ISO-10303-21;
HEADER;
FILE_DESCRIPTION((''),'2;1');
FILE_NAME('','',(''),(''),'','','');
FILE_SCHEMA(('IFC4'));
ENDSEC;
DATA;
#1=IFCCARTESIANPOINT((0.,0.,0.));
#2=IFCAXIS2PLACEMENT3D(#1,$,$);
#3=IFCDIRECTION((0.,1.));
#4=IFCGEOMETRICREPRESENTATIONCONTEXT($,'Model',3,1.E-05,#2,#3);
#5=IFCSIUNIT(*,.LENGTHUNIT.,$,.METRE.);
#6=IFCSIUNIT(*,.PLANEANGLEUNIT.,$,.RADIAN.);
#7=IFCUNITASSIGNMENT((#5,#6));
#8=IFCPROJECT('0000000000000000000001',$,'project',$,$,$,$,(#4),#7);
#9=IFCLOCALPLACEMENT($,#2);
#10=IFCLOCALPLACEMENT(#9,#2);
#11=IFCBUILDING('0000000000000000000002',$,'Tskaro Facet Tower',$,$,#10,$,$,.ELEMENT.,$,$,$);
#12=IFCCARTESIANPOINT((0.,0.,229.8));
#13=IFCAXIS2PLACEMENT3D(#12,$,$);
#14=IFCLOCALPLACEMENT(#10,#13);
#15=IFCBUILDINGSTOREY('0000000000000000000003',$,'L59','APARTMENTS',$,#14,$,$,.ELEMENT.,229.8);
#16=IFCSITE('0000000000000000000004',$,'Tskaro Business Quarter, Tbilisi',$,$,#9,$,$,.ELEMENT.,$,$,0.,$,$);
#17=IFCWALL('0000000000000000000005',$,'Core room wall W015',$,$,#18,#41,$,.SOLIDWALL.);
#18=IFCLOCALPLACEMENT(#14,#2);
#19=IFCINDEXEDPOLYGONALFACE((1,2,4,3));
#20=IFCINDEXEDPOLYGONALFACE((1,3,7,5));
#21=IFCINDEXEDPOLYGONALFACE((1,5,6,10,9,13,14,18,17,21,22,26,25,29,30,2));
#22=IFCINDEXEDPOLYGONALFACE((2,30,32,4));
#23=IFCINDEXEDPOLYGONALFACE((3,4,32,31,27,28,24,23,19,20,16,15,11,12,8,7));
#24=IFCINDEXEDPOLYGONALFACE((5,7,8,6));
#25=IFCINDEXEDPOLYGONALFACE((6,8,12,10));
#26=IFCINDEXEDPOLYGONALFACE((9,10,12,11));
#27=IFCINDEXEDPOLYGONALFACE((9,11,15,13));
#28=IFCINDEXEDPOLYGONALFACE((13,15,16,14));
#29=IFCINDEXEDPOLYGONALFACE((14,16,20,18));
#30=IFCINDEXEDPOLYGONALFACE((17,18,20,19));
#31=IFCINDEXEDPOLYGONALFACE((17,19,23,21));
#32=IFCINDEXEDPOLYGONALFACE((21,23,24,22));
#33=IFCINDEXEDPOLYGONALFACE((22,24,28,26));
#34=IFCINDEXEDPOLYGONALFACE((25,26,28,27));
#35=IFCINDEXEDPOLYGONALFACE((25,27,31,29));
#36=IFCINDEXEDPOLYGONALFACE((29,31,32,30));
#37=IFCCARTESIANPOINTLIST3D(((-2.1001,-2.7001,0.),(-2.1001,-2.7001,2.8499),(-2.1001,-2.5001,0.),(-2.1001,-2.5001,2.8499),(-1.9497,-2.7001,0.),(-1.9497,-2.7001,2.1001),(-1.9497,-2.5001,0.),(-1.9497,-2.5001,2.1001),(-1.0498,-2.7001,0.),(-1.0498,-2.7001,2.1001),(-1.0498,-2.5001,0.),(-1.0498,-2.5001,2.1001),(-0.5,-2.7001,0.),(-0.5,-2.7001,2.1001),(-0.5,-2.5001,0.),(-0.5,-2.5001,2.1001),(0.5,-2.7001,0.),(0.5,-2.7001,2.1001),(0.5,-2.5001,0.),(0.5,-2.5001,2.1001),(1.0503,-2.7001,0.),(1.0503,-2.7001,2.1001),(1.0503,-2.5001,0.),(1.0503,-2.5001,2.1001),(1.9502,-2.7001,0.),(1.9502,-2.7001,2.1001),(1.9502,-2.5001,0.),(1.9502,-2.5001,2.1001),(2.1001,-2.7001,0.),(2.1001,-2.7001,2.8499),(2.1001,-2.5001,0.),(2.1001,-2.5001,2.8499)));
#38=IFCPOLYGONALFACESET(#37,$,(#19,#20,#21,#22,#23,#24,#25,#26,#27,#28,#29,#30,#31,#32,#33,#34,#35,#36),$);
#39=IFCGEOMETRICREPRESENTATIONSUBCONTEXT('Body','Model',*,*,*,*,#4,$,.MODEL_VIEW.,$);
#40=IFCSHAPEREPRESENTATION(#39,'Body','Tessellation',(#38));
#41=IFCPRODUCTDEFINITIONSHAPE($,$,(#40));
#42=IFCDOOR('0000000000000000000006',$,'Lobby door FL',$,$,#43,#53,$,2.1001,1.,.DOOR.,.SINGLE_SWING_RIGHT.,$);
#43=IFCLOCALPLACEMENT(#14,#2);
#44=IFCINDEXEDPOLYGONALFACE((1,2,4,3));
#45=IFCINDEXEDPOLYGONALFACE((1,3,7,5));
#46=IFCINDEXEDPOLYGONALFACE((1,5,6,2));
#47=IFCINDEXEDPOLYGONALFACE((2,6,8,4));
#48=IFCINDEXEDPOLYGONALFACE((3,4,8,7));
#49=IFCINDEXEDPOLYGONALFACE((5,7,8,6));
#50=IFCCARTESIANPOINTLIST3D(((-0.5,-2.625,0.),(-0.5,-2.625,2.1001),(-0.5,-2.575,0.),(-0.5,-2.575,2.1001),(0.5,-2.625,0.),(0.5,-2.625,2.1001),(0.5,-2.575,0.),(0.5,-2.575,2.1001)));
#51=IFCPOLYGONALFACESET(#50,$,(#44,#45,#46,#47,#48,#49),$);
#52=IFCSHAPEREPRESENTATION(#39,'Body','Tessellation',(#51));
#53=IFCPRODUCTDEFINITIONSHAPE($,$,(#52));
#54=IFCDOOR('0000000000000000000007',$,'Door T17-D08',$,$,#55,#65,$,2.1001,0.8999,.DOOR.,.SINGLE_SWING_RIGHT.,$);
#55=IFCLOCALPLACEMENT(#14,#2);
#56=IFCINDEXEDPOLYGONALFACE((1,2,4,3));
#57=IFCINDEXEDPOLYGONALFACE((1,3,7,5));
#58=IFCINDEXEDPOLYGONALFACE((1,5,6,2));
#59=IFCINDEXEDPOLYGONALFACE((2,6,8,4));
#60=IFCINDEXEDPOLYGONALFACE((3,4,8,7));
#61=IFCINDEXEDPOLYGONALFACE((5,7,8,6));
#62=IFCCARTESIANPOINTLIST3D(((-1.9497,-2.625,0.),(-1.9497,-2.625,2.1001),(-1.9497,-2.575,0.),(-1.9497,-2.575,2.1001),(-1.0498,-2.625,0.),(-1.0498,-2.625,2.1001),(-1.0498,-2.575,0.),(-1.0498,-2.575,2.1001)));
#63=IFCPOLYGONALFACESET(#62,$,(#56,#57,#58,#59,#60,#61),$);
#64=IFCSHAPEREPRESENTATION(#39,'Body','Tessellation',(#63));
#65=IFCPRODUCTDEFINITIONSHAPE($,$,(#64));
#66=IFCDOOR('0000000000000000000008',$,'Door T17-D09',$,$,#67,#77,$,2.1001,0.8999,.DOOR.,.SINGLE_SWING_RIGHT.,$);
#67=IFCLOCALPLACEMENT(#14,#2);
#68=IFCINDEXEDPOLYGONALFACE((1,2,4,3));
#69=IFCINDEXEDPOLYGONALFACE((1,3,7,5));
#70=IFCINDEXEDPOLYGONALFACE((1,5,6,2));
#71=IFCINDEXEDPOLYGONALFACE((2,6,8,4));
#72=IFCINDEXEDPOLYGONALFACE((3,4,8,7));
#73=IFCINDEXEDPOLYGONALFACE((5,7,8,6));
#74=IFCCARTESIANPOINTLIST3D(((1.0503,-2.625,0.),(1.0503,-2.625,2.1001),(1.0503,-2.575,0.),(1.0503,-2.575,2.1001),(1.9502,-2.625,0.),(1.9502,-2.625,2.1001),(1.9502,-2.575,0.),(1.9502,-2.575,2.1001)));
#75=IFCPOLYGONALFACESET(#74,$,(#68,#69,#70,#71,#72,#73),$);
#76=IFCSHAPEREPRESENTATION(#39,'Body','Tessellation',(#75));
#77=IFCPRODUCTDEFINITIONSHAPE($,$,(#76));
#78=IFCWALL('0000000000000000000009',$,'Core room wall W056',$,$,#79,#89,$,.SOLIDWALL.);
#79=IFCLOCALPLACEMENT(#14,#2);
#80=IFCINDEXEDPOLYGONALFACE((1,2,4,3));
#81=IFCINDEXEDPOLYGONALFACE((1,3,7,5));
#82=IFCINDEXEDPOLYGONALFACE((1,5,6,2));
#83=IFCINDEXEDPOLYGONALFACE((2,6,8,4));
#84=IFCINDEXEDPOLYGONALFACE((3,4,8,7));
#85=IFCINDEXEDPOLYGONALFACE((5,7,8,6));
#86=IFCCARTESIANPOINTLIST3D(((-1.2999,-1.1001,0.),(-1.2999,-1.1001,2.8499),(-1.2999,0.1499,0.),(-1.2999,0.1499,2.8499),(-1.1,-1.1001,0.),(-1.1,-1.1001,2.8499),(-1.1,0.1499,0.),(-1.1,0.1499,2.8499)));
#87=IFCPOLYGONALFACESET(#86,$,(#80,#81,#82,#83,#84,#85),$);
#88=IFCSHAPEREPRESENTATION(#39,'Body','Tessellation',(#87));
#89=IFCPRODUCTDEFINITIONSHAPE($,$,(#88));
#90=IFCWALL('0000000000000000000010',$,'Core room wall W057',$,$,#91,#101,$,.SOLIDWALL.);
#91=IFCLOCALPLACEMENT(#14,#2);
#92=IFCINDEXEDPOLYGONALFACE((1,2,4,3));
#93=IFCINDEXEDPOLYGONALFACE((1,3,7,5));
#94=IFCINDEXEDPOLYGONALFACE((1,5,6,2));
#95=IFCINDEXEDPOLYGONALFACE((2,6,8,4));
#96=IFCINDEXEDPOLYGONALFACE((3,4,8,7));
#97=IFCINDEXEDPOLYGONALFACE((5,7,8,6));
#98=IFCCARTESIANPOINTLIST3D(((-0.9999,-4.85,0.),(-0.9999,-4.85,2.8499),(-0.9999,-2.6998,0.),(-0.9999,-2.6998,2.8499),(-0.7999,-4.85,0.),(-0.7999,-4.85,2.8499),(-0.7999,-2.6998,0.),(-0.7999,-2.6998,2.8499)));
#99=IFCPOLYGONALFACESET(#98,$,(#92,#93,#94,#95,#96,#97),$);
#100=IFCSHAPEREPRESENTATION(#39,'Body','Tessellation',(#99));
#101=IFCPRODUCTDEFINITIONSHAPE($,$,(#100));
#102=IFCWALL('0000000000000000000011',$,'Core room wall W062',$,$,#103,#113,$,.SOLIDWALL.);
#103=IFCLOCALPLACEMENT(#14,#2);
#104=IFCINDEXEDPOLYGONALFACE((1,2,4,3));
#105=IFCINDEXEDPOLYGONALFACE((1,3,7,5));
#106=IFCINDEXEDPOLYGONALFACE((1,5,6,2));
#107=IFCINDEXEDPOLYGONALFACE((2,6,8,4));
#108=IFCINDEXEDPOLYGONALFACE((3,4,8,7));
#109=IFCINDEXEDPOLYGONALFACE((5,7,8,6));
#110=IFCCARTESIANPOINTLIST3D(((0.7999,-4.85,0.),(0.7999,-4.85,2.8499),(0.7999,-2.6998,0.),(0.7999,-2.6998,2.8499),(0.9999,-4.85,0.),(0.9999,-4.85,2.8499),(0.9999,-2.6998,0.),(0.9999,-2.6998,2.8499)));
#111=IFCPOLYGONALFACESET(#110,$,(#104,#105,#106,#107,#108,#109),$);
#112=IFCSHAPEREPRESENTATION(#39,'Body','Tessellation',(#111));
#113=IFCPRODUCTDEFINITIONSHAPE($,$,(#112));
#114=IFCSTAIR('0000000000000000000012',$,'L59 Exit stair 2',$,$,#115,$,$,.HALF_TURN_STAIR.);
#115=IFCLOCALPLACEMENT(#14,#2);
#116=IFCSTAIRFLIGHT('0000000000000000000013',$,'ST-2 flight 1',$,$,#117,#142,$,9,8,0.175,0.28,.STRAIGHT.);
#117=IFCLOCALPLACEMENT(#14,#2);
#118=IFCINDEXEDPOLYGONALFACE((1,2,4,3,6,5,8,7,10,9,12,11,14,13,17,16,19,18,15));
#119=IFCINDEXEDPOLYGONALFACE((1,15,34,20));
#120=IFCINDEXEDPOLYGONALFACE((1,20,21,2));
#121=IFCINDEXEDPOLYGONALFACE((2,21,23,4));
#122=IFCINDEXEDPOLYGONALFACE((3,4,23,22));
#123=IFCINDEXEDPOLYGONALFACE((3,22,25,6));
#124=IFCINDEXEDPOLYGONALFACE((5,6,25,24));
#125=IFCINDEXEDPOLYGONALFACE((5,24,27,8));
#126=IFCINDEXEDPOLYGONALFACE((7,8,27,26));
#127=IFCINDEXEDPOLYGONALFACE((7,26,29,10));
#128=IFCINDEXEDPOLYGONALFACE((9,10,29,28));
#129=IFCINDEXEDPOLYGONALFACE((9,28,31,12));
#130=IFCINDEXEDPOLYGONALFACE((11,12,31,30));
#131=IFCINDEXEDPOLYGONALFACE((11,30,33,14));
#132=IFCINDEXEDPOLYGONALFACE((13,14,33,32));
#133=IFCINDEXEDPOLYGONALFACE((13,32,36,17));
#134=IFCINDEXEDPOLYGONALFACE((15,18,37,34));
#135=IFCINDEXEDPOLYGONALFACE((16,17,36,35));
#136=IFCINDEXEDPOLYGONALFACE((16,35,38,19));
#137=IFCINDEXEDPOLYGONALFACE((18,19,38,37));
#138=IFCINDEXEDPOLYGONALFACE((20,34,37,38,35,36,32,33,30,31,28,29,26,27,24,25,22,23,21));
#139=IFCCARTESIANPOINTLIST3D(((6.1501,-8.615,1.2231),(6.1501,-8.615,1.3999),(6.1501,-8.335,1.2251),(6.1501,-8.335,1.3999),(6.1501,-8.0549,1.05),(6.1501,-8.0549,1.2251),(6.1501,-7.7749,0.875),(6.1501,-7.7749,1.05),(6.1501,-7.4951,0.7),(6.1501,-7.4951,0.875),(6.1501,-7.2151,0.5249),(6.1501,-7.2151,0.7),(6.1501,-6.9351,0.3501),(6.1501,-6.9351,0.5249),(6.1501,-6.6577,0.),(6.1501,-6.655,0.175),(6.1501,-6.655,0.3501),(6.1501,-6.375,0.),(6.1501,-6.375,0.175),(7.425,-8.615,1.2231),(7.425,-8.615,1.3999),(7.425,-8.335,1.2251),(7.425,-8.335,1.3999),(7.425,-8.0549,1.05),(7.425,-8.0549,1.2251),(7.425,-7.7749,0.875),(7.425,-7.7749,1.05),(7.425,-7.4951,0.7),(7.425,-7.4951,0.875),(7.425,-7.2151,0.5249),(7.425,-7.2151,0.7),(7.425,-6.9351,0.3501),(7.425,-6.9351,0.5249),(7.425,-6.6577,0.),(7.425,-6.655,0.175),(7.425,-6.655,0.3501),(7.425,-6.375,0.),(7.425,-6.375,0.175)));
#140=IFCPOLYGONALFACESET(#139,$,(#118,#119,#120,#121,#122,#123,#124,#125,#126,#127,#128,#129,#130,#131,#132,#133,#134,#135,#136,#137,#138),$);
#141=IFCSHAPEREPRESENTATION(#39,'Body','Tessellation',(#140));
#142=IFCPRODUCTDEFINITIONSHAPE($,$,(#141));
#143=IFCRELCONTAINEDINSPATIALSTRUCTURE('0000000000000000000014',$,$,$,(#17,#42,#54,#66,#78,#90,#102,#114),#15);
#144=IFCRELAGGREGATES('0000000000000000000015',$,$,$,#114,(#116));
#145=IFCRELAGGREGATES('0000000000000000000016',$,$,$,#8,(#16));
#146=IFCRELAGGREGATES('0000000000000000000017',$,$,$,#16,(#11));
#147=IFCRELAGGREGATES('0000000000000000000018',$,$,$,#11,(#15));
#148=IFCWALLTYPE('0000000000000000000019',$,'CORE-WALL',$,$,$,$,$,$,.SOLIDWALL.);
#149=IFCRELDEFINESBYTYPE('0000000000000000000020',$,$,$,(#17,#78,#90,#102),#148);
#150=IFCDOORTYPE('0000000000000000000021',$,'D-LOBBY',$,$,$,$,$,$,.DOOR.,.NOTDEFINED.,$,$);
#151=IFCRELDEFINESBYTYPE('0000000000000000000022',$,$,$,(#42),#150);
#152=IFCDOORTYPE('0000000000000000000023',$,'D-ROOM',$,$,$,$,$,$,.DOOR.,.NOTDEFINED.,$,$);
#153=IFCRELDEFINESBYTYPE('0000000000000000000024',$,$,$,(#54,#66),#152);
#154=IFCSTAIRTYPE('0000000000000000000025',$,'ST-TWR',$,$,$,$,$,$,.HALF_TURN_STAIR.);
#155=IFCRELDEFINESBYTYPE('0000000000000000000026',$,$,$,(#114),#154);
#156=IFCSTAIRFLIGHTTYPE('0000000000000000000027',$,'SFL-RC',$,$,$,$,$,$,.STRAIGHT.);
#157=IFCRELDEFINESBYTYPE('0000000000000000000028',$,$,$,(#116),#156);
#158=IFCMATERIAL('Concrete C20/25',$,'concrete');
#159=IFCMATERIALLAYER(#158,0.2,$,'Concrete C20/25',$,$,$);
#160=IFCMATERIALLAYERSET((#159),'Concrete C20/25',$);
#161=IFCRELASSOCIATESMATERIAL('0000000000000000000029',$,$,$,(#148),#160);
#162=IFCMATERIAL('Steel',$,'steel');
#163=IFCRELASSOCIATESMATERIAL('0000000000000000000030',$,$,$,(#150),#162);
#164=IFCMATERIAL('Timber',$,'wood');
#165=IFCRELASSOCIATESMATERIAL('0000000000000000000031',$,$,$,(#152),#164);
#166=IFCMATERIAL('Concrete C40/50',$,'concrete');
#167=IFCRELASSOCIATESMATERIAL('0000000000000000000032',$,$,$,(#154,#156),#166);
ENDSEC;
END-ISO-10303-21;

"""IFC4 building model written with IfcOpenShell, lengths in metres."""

from ifc_helpers import new_model, si_unit, direction, frame, frame_2d, origin, place, context, subcontext, project, spatial, polyline, rectangle, outline, extrude, material, layer, layer_set, type_object, element, fill, aggregate, save


model = new_model("IFC4")

# Units and contexts
model_context = context("Model", 3, precision=1e-05, world=origin(), true_north=direction((0.0, 1.0)))
body_context = subcontext(model_context, "Body", "Model", "MODEL_VIEW")
ifc_project = project(units=[si_unit("LENGTHUNIT", "METRE"), si_unit("PLANEANGLEUNIT", "RADIAN")], contexts=[model_context])

# Site, building, storey
site_placement = place(None, origin())
site = spatial("IfcSite", under=ifc_project, at=site_placement, Name="Tskaro Business Quarter, Tbilisi", CompositionType="ELEMENT", RefElevation=0.0)
building_placement = place(site_placement, origin())
building = spatial("IfcBuilding", under=site, at=building_placement, Name="Tskaro Facet Tower", CompositionType="ELEMENT")
storey_placement = place(building_placement, frame((0.0, 0.0, 229.8)))
storey = spatial("IfcBuildingStorey", under=building, at=storey_placement, Name="L59", Description="APARTMENTS", CompositionType="ELEMENT", Elevation=229.8)

# Shared definitions
ifc_material_1 = material(Name="Steel", Category="steel")

# Shared definitions
ifc_material_2 = material(Name="Concrete C20/25", Category="concrete")
ifc_layer_1 = layer(ifc_material_2, 0.2, Name="Concrete C20/25")
ifc_layer_set_1 = layer_set([ifc_layer_1], Name="Concrete C20/25")
wall_type_1 = type_object("IfcWallType", Name="CORE-WALL", PredefinedType="SOLIDWALL", material=ifc_layer_set_1)

# Wall, openings, doors
wall_1_placement = place(storey_placement, frame((2.1001, -2.6001, 0.0), z_axis=(0.0, 0.0, 1.0), x_axis=(-1.0, 0.0, 0.0)))
wall_1 = element("IfcWall", 1, at=wall_1_placement, inside=storey, type_object=wall_type_1, Name="Core room wall W015", PredefinedType="SOLIDWALL", context=body_context, shape_type="SweptSolid", body=[
    extrude(rectangle(XDim=4.2002, YDim=0.2, at=frame_2d((2.1001, 0.0))), origin(), (0.0, 0.0, 1.0), 2.8499),
])
opening_1_placement = place(wall_1_placement, frame((1.6001, 0.0, 0.0)))
opening_1 = element("IfcOpeningElement", 2, at=opening_1_placement, cuts=wall_1, PredefinedType="OPENING", context=body_context, shape_type="SweptSolid", body=[
    extrude(rectangle(XDim=1.0, YDim=2.1001, at=frame_2d((0.5, 1.05))), frame((0.0, 0.1099, 0.0), z_axis=(0.0, -1.0, 0.0), x_axis=(1.0, 0.0, 0.0)), (0.0, 0.0, 1.0), 0.22),
])
opening_2_placement = place(wall_1_placement, frame((3.1499, 0.0, 0.0)))
opening_2 = element("IfcOpeningElement", 3, at=opening_2_placement, cuts=wall_1, PredefinedType="OPENING", context=body_context, shape_type="SweptSolid", body=[
    extrude(rectangle(XDim=0.8999, YDim=2.1001, at=frame_2d((0.45, 1.05))), frame((0.0, 0.1099, 0.0), z_axis=(0.0, -1.0, 0.0), x_axis=(1.0, 0.0, 0.0)), (0.0, 0.0, 1.0), 0.22),
])
opening_3_placement = place(wall_1_placement, frame((0.1499, 0.0, 0.0)))
opening_3 = element("IfcOpeningElement", 4, at=opening_3_placement, cuts=wall_1, PredefinedType="OPENING", context=body_context, shape_type="SweptSolid", body=[
    extrude(rectangle(XDim=0.8999, YDim=2.1001, at=frame_2d((0.45, 1.05))), frame((0.0, 0.1099, 0.0), z_axis=(0.0, -1.0, 0.0), x_axis=(1.0, 0.0, 0.0)), (0.0, 0.0, 1.0), 0.22),
])
door_type_1 = type_object("IfcDoorType", Name="D-LOBBY", OperationType="NOTDEFINED", PredefinedType="DOOR", material=ifc_material_1)
door_1_placement = place(opening_1_placement, origin())
door_1 = element("IfcDoor", 5, at=door_1_placement, inside=storey, type_object=door_type_1, Name="Lobby door FL", OperationType="SINGLE_SWING_RIGHT", OverallHeight=2.1001, OverallWidth=1.0, PredefinedType="DOOR", context=body_context, shape_type="SweptSolid", body=[
    extrude(rectangle(XDim=1.0, YDim=2.1001, at=frame_2d((0.5, 1.05))), frame((0.0, 0.0249, 0.0), z_axis=(0.0, -1.0, 0.0), x_axis=(1.0, 0.0, 0.0)), (0.0, 0.0, 1.0), 0.05),
])
fill(opening_1, door_1)
ifc_material_3 = material(Name="Timber", Category="wood")
door_type_2 = type_object("IfcDoorType", Name="D-ROOM", OperationType="NOTDEFINED", PredefinedType="DOOR", material=ifc_material_3)
door_2_placement = place(opening_2_placement, origin())
door_2 = element("IfcDoor", 6, at=door_2_placement, inside=storey, type_object=door_type_2, Name="Door T17-D08", OperationType="SINGLE_SWING_RIGHT", OverallHeight=2.1001, OverallWidth=0.8999, PredefinedType="DOOR", context=body_context, shape_type="SweptSolid", body=[
    extrude(rectangle(XDim=0.8999, YDim=2.1001, at=frame_2d((0.45, 1.05))), frame((0.0, 0.0249, 0.0), z_axis=(0.0, -1.0, 0.0), x_axis=(1.0, 0.0, 0.0)), (0.0, 0.0, 1.0), 0.05),
])
fill(opening_2, door_2)
door_3_placement = place(opening_3_placement, origin())
door_3 = element("IfcDoor", 7, at=door_3_placement, inside=storey, type_object=door_type_2, Name="Door T17-D09", OperationType="SINGLE_SWING_RIGHT", OverallHeight=2.1001, OverallWidth=0.8999, PredefinedType="DOOR", context=body_context, shape_type="SweptSolid", body=[
    extrude(rectangle(XDim=0.8999, YDim=2.1001, at=frame_2d((0.45, 1.05))), frame((0.0, 0.0249, 0.0), z_axis=(0.0, -1.0, 0.0), x_axis=(1.0, 0.0, 0.0)), (0.0, 0.0, 1.0), 0.05),
])
fill(opening_3, door_3)

# Walls
wall_2_placement = place(storey_placement, frame((-1.2, -1.1001, 0.0), z_axis=(0.0, 0.0, 1.0), x_axis=(0.0, 1.0, 0.0)))
element("IfcWall", 8, at=wall_2_placement, inside=storey, type_object=wall_type_1, Name="Core room wall W056", PredefinedType="SOLIDWALL", context=body_context, shape_type="SweptSolid", body=[
    extrude(rectangle(XDim=1.25, YDim=0.2, at=frame_2d((0.625, 0.0))), origin(), (0.0, 0.0, 1.0), 2.8499),
])
for number, where, z_axis, x_axis, name in (
    (9, (-0.8999, -4.8501, 0.0), (0.0, 0.0, 1.0), (0.0, 1.0, 0.0), "Core room wall W057"),
    (10, (0.8999, -4.8501, 0.0), (0.0, 0.0, 1.0), (0.0, 1.0, 0.0), "Core room wall W062"),
):
    element("IfcWall", number, at=place(storey_placement, frame(where, z_axis=z_axis, x_axis=x_axis)), inside=storey, type_object=wall_type_1, Name=name, PredefinedType="SOLIDWALL", context=body_context, shape_type="SweptSolid", body=[
        extrude(rectangle(XDim=2.1501, YDim=0.2, at=frame_2d((1.0752, 0.0))), origin(), (0.0, 0.0, 1.0), 2.8499),
    ])

# Stair, stair flight
ifc_material_4 = material(Name="Concrete C40/50", Category="concrete")
stair_type = type_object("IfcStairType", Name="ST-TWR", PredefinedType="HALF_TURN_STAIR", material=ifc_material_4)
stair_placement = place(storey_placement, origin())
stair = element("IfcStair", 11, at=stair_placement, inside=storey, type_object=stair_type, Name="L59 Exit stair 2", PredefinedType="HALF_TURN_STAIR")
stair_flight_type = type_object("IfcStairFlightType", Name="SFL-RC", PredefinedType="STRAIGHT", material=ifc_material_4)
stair_flight_placement = place(storey_placement, frame((6.7876, -6.375, 0.0), z_axis=(0.0, 0.0, 1.0), x_axis=(0.0, -1.0, 0.0)))
stair_flight = element("IfcStairFlight", 12, at=stair_flight_placement, type_object=stair_flight_type, Name="ST-2 flight 1", NumberOfRisers=9, NumberOfTreads=8, PredefinedType="STRAIGHT", RiserHeight=0.175, TreadLength=0.28, context=body_context, shape_type="SweptSolid", body=[
    extrude(outline(polyline([(0.0, 0.0), (0.0, 0.175), (0.28, 0.175), (0.28, 0.3501), (0.5601, 0.3501), (0.5601, 0.5249), (0.8401, 0.5249), (0.8401, 0.7), (1.1201, 0.7), (1.1201, 0.875), (1.3999, 0.875), (1.3999, 1.05), (1.6799, 1.05), (1.6799, 1.2251), (1.96, 1.2251), (1.96, 1.3999), (2.24, 1.3999), (2.24, 1.575), (2.24, 1.2231), (0.2827, 0.0), (0.0, 0.0)])), frame((0.0, 0.6375, 0.0), z_axis=(0.0, -1.0, 0.0), x_axis=(1.0, 0.0, 0.0)), (0.0, 0.0, 1.0), 1.2749),
])
aggregate(stair, [stair_flight])

save(model, "model.ifc")
